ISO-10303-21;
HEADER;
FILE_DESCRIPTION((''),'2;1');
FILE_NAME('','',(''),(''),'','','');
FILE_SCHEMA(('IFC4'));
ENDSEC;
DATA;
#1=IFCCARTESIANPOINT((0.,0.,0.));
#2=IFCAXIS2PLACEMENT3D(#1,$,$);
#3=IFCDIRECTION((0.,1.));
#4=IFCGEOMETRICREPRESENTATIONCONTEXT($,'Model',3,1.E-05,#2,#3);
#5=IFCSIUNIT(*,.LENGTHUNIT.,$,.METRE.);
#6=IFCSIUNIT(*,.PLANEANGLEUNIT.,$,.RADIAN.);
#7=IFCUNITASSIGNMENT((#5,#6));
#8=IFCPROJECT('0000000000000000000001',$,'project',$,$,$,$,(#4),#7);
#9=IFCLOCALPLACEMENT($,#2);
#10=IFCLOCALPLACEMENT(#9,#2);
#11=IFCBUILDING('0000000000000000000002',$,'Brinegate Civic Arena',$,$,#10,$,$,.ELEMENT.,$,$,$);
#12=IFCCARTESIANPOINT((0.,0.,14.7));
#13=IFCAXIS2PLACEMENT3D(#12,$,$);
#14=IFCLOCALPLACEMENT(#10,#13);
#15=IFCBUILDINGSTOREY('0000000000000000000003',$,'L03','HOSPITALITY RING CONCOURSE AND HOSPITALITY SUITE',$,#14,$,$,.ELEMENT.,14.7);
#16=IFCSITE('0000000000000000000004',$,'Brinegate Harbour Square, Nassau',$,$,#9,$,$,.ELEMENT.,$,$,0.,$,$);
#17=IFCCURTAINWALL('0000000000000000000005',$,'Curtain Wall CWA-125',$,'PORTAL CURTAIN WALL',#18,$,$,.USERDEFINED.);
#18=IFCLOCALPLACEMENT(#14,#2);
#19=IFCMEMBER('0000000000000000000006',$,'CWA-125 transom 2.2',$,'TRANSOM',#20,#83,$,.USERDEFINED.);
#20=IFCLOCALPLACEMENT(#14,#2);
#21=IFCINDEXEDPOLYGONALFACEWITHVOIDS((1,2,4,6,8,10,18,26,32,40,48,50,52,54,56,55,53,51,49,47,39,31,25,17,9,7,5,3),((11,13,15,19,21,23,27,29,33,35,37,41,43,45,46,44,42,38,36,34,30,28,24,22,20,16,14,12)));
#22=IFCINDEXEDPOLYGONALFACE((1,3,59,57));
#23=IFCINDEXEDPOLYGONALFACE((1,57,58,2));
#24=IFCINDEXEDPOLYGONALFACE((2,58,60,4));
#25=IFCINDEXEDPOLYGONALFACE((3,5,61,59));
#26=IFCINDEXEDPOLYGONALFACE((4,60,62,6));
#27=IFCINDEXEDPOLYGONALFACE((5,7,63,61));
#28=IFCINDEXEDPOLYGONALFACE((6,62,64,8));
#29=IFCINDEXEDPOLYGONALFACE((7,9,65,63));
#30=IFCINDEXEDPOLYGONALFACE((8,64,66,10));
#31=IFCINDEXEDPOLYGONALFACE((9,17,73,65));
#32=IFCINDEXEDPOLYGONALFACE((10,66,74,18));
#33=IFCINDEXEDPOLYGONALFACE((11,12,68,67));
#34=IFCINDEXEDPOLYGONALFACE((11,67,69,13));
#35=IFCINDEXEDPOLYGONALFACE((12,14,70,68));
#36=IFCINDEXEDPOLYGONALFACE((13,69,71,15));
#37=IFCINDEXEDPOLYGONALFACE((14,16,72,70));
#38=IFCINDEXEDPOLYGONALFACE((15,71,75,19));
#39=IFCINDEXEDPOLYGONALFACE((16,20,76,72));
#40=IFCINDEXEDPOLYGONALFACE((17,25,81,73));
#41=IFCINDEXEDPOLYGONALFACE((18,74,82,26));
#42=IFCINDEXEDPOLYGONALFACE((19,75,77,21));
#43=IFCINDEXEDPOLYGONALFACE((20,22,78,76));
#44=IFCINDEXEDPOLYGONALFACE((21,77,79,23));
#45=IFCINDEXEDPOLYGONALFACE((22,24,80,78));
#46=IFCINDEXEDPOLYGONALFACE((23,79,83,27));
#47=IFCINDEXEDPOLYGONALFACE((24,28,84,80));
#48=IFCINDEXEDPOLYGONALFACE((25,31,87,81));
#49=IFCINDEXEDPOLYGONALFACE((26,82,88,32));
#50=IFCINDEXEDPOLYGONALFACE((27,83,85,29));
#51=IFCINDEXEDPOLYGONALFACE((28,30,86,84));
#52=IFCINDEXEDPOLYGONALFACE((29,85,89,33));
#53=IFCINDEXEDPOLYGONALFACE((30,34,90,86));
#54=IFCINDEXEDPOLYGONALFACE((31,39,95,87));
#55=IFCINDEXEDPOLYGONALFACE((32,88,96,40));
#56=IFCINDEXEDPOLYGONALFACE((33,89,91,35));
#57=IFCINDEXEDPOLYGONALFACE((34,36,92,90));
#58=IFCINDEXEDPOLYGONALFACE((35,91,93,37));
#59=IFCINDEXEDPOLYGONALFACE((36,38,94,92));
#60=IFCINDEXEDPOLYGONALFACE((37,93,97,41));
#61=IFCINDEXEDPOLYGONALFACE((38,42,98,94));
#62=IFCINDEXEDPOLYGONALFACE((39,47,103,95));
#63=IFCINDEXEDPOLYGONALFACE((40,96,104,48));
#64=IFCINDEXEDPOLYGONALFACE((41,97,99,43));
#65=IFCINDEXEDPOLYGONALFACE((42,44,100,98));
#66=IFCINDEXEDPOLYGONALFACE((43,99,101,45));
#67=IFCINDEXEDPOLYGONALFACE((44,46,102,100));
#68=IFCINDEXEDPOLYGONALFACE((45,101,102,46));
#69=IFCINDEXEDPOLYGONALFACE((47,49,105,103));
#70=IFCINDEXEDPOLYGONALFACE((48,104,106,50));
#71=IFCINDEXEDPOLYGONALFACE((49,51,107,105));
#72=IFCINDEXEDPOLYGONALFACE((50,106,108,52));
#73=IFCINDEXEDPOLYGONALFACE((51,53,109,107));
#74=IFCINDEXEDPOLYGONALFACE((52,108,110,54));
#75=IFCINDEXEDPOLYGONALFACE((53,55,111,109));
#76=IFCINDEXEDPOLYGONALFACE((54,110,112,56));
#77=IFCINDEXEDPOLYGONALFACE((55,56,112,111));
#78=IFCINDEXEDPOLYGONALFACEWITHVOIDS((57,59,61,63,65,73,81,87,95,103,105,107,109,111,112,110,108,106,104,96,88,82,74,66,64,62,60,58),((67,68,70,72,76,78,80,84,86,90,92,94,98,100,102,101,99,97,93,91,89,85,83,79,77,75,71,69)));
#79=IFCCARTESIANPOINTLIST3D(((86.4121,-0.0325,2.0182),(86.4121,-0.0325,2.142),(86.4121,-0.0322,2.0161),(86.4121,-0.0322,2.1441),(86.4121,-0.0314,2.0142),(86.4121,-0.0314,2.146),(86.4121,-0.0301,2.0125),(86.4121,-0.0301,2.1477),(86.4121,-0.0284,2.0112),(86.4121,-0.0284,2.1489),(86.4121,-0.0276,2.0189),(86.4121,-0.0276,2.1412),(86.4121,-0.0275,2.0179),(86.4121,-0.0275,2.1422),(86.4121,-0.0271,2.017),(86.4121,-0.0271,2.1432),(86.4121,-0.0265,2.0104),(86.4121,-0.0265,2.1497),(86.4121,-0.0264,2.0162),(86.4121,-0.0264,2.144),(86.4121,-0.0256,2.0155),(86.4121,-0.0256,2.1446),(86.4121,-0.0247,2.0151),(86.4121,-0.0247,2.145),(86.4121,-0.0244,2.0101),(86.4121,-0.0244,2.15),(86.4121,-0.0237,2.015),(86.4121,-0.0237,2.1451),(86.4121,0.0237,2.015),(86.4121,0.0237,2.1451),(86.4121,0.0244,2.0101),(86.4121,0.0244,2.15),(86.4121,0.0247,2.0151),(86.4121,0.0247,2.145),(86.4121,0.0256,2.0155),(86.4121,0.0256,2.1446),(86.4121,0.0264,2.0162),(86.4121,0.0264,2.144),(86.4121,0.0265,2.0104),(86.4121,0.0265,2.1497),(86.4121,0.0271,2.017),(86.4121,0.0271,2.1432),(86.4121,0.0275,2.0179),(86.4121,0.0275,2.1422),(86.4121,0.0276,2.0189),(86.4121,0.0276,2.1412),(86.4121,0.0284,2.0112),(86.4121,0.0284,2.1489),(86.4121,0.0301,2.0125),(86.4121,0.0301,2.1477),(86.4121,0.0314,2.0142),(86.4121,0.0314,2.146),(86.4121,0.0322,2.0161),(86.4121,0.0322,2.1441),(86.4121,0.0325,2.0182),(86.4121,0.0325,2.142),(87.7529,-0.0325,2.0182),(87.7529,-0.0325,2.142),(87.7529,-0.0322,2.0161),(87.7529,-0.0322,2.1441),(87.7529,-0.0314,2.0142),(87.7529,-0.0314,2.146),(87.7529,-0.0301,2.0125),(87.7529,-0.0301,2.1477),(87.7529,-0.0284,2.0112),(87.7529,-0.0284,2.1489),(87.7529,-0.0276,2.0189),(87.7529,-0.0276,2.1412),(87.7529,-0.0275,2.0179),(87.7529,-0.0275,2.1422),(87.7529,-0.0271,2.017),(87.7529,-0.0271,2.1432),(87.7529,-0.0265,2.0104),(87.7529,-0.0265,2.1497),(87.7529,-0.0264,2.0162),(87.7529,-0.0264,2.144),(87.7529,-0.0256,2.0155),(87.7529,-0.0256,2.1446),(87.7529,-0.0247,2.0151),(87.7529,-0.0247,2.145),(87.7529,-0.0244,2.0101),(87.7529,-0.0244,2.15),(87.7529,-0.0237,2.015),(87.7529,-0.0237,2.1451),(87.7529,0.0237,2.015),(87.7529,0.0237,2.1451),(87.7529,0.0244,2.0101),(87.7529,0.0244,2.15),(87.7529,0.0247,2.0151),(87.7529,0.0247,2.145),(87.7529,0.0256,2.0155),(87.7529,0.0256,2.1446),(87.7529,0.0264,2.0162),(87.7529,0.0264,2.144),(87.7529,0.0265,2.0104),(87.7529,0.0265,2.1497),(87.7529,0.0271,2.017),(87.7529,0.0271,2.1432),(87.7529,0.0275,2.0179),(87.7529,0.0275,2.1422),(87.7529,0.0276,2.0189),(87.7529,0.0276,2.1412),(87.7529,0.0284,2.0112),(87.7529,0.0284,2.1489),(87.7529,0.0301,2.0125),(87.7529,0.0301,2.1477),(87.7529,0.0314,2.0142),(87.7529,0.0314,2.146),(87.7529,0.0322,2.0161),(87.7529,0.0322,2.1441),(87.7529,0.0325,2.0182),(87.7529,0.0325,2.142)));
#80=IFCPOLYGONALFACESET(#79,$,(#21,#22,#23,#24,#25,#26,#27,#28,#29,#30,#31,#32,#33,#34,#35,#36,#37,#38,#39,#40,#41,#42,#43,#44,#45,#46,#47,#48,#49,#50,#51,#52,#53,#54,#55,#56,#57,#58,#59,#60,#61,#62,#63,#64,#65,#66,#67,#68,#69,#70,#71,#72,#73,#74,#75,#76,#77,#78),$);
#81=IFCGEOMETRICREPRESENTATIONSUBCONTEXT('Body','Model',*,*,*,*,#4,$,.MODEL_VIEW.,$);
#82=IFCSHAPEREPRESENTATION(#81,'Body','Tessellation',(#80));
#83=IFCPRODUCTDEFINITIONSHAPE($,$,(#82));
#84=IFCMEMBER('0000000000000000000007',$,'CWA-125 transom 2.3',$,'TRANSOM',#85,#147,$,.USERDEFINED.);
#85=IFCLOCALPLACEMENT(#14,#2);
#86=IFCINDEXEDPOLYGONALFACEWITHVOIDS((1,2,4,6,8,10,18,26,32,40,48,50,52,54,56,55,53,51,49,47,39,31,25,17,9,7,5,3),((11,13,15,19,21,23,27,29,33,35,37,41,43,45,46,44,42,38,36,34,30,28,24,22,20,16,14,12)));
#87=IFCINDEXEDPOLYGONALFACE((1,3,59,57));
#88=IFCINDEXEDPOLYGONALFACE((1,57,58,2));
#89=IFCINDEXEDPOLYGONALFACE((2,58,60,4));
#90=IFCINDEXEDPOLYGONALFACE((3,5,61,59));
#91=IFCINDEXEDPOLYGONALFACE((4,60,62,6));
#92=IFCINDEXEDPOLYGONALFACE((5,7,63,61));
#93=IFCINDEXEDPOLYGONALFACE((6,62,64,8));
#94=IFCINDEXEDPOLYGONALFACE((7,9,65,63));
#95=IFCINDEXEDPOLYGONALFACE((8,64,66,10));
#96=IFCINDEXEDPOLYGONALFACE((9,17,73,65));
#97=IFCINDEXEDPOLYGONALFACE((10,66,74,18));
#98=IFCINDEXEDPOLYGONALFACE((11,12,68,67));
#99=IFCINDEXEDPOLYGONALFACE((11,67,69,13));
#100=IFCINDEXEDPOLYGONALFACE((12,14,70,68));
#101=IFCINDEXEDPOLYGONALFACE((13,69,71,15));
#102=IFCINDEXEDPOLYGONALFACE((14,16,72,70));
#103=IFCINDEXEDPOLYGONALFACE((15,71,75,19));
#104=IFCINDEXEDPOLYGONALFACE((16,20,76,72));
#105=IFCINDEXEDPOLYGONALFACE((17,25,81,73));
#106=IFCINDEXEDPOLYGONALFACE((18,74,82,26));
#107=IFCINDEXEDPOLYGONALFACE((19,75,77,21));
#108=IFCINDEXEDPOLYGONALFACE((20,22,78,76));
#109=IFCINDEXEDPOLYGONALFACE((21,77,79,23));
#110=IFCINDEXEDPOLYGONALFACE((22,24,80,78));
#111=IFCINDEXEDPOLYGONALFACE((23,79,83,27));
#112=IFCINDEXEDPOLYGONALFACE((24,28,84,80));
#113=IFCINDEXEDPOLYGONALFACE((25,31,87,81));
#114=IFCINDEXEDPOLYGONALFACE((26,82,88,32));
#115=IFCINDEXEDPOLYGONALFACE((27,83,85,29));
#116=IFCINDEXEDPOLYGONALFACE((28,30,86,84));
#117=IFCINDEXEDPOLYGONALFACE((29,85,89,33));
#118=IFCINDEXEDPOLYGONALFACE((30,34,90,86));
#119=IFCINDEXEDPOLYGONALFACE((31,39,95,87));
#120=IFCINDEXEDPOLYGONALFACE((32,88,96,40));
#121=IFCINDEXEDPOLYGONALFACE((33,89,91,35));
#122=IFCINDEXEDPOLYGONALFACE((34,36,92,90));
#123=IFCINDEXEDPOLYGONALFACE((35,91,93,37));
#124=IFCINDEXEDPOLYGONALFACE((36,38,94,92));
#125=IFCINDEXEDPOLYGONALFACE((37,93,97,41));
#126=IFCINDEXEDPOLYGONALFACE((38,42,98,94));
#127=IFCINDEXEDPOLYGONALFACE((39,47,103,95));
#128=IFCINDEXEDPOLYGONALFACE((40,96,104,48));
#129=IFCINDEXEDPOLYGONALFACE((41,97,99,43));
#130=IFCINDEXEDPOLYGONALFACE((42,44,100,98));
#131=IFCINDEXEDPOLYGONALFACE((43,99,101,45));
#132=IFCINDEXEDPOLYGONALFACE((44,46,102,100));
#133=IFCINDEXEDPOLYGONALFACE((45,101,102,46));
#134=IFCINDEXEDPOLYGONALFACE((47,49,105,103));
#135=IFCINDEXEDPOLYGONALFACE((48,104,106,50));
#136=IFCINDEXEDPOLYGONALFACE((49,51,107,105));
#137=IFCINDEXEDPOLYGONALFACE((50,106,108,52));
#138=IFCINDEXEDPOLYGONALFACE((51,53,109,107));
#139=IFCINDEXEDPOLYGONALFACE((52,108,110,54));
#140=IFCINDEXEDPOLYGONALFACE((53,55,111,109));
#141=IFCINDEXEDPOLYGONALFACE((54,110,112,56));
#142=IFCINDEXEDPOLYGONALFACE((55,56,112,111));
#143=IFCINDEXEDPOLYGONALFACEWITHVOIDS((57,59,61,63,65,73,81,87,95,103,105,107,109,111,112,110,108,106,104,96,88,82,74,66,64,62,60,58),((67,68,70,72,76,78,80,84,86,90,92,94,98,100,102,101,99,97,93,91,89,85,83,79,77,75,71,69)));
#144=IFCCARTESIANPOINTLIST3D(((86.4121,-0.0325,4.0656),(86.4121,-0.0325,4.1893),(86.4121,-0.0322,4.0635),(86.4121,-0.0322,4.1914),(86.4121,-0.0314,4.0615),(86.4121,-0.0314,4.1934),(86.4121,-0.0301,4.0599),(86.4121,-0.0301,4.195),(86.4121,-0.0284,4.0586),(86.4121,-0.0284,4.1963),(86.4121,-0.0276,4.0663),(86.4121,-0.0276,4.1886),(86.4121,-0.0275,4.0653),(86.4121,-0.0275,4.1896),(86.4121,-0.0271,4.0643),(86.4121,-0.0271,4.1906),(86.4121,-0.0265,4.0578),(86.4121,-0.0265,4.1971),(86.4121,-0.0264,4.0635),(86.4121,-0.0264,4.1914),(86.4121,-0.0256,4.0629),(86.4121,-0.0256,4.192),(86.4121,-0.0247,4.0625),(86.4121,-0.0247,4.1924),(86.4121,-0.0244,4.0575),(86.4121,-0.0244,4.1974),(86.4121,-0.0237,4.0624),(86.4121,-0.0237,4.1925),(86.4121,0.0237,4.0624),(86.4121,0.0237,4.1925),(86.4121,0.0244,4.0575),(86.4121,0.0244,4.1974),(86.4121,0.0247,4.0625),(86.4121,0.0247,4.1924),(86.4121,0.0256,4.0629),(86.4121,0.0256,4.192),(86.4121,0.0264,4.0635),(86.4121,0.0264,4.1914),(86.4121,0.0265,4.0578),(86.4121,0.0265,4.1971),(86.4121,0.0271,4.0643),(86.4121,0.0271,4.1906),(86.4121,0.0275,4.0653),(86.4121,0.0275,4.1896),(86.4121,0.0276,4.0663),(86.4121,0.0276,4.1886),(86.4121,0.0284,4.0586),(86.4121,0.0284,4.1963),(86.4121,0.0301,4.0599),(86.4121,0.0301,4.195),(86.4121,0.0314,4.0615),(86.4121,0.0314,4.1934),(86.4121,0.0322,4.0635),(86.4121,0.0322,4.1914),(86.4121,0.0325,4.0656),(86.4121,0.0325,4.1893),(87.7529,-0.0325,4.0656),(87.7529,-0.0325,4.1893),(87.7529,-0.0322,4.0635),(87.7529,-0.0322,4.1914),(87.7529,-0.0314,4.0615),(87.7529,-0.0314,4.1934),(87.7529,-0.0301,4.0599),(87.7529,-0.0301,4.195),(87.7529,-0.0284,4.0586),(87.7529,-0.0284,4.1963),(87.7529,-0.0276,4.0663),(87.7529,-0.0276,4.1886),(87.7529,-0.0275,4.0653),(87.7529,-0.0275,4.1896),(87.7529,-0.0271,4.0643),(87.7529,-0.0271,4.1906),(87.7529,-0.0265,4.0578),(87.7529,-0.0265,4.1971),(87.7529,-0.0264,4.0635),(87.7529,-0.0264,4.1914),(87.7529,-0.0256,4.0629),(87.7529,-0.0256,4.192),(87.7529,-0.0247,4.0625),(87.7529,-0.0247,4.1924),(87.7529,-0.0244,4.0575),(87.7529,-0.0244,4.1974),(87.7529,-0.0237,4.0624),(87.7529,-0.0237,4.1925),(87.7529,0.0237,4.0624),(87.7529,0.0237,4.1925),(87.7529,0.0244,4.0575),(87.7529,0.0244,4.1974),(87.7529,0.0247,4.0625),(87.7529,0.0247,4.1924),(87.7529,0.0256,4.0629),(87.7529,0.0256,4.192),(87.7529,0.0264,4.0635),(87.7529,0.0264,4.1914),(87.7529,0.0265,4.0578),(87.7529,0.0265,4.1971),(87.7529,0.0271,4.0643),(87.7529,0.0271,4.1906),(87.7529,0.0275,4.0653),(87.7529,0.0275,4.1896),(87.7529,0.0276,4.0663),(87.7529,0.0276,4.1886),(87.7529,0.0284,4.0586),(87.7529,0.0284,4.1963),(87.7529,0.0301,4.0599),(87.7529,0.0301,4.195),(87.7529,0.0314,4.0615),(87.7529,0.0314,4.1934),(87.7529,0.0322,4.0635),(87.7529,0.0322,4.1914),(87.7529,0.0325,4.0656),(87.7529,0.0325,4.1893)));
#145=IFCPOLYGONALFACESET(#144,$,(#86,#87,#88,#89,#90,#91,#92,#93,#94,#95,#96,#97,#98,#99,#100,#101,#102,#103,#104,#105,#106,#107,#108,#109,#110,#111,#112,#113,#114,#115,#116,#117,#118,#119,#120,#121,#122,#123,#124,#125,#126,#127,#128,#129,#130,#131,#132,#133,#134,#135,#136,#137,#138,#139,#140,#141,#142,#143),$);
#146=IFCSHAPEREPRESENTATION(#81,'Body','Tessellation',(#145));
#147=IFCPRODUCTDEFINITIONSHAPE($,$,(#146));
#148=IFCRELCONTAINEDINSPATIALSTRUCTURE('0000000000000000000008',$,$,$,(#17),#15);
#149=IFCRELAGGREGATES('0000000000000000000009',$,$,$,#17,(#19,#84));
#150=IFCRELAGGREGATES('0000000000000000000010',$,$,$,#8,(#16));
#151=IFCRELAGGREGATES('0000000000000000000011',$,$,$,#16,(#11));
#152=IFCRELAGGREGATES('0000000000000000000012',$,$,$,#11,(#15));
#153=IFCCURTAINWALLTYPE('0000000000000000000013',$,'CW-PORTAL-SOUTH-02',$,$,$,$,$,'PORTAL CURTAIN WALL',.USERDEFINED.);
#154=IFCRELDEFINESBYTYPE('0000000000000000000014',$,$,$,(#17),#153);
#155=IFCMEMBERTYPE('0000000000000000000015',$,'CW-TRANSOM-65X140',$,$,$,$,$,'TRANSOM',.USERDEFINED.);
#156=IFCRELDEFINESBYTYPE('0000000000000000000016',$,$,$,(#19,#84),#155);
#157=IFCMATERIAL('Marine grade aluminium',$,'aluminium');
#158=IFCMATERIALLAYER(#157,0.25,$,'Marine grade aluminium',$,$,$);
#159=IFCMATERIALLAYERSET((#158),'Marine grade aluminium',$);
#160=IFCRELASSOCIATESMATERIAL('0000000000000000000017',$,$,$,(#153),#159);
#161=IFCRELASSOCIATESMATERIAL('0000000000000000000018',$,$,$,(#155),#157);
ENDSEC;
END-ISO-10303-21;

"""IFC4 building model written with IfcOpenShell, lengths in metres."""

from ifc_helpers import new_model, si_unit, direction, frame, origin, origin_2d, place, context, subcontext, project, spatial, hollow_rectangle, extrude, material, layer, layer_set, material_profile, profile_set, type_object, element, aggregate, save


model = new_model("IFC4")

# Units and contexts
model_context = context("Model", 3, precision=1e-05, world=origin(), true_north=direction((0.0, 1.0)))
body_context = subcontext(model_context, "Body", "Model", "MODEL_VIEW")
ifc_project = project(units=[si_unit("LENGTHUNIT", "METRE"), si_unit("PLANEANGLEUNIT", "RADIAN")], contexts=[model_context])

# Site, building, storey
site_placement = place(None, origin())
site = spatial("IfcSite", under=ifc_project, at=site_placement, Name="Brinegate Harbour Square, Nassau", CompositionType="ELEMENT", RefElevation=0.0)
building_placement = place(site_placement, origin())
building = spatial("IfcBuilding", under=site, at=building_placement, Name="Brinegate Civic Arena", CompositionType="ELEMENT")
storey_placement = place(building_placement, frame((0.0, 0.0, 14.7)))
storey = spatial("IfcBuildingStorey", under=building, at=storey_placement, Name="L03", Description="HOSPITALITY RING CONCOURSE AND HOSPITALITY SUITE", CompositionType="ELEMENT", Elevation=14.7)

# Curtain wall, members
ifc_material_1 = material(Name="Marine grade aluminium", Category="aluminium")
ifc_layer_1 = layer(ifc_material_1, 0.25, Name="Marine grade aluminium")
ifc_layer_set_1 = layer_set([ifc_layer_1], Name="Marine grade aluminium")
curtain_wall_type = type_object("IfcCurtainWallType", Name="CW-PORTAL-SOUTH-02", ElementType="PORTAL CURTAIN WALL", PredefinedType="USERDEFINED", material=ifc_layer_set_1)
curtain_wall_placement = place(storey_placement, origin())
curtain_wall = element("IfcCurtainWall", 1, at=curtain_wall_placement, inside=storey, type_object=curtain_wall_type, Name="Curtain Wall CWA-125", ObjectType="PORTAL CURTAIN WALL", PredefinedType="USERDEFINED")
ifc_material_profile_1 = material_profile(ifc_material_1, hollow_rectangle(XDim=0.0649, YDim=0.1399, WallThickness=0.0049, InnerFilletRadius=0.0039, OuterFilletRadius=0.0081, at=origin_2d()), Name="TRN65X140")
ifc_profile_set_1 = profile_set([ifc_material_profile_1], Name="Marine grade aluminium")
member_type_1 = type_object("IfcMemberType", Name="CW-TRANSOM-65X140", ElementType="TRANSOM", PredefinedType="USERDEFINED", material=ifc_profile_set_1)
member_1_placement = place(storey_placement, frame((86.4121, 0.0, 2.0801), z_axis=(1.0, 0.0, 0.0), x_axis=(0.0, 1.0, 0.0)))
member_1 = element("IfcMember", 2, at=member_1_placement, type_object=member_type_1, Name="CWA-125 transom 2.2", ObjectType="TRANSOM", PredefinedType="USERDEFINED", context=body_context, shape_type="SweptSolid", body=[
    extrude(hollow_rectangle(XDim=0.0649, YDim=0.1399, WallThickness=0.0049, InnerFilletRadius=0.0039, OuterFilletRadius=0.0081, at=origin_2d()), origin(), (0.0, 0.0, 1.0), 1.3408),
])
member_2_placement = place(storey_placement, frame((86.4121, 0.0, 4.1274), z_axis=(1.0, 0.0, 0.0), x_axis=(0.0, 1.0, 0.0)))
member_2 = element("IfcMember", 3, at=member_2_placement, type_object=member_type_1, Name="CWA-125 transom 2.3", ObjectType="TRANSOM", PredefinedType="USERDEFINED", context=body_context, shape_type="SweptSolid", body=[
    extrude(hollow_rectangle(XDim=0.0649, YDim=0.1399, WallThickness=0.0049, InnerFilletRadius=0.0039, OuterFilletRadius=0.0081, at=origin_2d()), origin(), (0.0, 0.0, 1.0), 1.3408),
])
aggregate(curtain_wall, [member_1, member_2])

save(model, "model.ifc")
